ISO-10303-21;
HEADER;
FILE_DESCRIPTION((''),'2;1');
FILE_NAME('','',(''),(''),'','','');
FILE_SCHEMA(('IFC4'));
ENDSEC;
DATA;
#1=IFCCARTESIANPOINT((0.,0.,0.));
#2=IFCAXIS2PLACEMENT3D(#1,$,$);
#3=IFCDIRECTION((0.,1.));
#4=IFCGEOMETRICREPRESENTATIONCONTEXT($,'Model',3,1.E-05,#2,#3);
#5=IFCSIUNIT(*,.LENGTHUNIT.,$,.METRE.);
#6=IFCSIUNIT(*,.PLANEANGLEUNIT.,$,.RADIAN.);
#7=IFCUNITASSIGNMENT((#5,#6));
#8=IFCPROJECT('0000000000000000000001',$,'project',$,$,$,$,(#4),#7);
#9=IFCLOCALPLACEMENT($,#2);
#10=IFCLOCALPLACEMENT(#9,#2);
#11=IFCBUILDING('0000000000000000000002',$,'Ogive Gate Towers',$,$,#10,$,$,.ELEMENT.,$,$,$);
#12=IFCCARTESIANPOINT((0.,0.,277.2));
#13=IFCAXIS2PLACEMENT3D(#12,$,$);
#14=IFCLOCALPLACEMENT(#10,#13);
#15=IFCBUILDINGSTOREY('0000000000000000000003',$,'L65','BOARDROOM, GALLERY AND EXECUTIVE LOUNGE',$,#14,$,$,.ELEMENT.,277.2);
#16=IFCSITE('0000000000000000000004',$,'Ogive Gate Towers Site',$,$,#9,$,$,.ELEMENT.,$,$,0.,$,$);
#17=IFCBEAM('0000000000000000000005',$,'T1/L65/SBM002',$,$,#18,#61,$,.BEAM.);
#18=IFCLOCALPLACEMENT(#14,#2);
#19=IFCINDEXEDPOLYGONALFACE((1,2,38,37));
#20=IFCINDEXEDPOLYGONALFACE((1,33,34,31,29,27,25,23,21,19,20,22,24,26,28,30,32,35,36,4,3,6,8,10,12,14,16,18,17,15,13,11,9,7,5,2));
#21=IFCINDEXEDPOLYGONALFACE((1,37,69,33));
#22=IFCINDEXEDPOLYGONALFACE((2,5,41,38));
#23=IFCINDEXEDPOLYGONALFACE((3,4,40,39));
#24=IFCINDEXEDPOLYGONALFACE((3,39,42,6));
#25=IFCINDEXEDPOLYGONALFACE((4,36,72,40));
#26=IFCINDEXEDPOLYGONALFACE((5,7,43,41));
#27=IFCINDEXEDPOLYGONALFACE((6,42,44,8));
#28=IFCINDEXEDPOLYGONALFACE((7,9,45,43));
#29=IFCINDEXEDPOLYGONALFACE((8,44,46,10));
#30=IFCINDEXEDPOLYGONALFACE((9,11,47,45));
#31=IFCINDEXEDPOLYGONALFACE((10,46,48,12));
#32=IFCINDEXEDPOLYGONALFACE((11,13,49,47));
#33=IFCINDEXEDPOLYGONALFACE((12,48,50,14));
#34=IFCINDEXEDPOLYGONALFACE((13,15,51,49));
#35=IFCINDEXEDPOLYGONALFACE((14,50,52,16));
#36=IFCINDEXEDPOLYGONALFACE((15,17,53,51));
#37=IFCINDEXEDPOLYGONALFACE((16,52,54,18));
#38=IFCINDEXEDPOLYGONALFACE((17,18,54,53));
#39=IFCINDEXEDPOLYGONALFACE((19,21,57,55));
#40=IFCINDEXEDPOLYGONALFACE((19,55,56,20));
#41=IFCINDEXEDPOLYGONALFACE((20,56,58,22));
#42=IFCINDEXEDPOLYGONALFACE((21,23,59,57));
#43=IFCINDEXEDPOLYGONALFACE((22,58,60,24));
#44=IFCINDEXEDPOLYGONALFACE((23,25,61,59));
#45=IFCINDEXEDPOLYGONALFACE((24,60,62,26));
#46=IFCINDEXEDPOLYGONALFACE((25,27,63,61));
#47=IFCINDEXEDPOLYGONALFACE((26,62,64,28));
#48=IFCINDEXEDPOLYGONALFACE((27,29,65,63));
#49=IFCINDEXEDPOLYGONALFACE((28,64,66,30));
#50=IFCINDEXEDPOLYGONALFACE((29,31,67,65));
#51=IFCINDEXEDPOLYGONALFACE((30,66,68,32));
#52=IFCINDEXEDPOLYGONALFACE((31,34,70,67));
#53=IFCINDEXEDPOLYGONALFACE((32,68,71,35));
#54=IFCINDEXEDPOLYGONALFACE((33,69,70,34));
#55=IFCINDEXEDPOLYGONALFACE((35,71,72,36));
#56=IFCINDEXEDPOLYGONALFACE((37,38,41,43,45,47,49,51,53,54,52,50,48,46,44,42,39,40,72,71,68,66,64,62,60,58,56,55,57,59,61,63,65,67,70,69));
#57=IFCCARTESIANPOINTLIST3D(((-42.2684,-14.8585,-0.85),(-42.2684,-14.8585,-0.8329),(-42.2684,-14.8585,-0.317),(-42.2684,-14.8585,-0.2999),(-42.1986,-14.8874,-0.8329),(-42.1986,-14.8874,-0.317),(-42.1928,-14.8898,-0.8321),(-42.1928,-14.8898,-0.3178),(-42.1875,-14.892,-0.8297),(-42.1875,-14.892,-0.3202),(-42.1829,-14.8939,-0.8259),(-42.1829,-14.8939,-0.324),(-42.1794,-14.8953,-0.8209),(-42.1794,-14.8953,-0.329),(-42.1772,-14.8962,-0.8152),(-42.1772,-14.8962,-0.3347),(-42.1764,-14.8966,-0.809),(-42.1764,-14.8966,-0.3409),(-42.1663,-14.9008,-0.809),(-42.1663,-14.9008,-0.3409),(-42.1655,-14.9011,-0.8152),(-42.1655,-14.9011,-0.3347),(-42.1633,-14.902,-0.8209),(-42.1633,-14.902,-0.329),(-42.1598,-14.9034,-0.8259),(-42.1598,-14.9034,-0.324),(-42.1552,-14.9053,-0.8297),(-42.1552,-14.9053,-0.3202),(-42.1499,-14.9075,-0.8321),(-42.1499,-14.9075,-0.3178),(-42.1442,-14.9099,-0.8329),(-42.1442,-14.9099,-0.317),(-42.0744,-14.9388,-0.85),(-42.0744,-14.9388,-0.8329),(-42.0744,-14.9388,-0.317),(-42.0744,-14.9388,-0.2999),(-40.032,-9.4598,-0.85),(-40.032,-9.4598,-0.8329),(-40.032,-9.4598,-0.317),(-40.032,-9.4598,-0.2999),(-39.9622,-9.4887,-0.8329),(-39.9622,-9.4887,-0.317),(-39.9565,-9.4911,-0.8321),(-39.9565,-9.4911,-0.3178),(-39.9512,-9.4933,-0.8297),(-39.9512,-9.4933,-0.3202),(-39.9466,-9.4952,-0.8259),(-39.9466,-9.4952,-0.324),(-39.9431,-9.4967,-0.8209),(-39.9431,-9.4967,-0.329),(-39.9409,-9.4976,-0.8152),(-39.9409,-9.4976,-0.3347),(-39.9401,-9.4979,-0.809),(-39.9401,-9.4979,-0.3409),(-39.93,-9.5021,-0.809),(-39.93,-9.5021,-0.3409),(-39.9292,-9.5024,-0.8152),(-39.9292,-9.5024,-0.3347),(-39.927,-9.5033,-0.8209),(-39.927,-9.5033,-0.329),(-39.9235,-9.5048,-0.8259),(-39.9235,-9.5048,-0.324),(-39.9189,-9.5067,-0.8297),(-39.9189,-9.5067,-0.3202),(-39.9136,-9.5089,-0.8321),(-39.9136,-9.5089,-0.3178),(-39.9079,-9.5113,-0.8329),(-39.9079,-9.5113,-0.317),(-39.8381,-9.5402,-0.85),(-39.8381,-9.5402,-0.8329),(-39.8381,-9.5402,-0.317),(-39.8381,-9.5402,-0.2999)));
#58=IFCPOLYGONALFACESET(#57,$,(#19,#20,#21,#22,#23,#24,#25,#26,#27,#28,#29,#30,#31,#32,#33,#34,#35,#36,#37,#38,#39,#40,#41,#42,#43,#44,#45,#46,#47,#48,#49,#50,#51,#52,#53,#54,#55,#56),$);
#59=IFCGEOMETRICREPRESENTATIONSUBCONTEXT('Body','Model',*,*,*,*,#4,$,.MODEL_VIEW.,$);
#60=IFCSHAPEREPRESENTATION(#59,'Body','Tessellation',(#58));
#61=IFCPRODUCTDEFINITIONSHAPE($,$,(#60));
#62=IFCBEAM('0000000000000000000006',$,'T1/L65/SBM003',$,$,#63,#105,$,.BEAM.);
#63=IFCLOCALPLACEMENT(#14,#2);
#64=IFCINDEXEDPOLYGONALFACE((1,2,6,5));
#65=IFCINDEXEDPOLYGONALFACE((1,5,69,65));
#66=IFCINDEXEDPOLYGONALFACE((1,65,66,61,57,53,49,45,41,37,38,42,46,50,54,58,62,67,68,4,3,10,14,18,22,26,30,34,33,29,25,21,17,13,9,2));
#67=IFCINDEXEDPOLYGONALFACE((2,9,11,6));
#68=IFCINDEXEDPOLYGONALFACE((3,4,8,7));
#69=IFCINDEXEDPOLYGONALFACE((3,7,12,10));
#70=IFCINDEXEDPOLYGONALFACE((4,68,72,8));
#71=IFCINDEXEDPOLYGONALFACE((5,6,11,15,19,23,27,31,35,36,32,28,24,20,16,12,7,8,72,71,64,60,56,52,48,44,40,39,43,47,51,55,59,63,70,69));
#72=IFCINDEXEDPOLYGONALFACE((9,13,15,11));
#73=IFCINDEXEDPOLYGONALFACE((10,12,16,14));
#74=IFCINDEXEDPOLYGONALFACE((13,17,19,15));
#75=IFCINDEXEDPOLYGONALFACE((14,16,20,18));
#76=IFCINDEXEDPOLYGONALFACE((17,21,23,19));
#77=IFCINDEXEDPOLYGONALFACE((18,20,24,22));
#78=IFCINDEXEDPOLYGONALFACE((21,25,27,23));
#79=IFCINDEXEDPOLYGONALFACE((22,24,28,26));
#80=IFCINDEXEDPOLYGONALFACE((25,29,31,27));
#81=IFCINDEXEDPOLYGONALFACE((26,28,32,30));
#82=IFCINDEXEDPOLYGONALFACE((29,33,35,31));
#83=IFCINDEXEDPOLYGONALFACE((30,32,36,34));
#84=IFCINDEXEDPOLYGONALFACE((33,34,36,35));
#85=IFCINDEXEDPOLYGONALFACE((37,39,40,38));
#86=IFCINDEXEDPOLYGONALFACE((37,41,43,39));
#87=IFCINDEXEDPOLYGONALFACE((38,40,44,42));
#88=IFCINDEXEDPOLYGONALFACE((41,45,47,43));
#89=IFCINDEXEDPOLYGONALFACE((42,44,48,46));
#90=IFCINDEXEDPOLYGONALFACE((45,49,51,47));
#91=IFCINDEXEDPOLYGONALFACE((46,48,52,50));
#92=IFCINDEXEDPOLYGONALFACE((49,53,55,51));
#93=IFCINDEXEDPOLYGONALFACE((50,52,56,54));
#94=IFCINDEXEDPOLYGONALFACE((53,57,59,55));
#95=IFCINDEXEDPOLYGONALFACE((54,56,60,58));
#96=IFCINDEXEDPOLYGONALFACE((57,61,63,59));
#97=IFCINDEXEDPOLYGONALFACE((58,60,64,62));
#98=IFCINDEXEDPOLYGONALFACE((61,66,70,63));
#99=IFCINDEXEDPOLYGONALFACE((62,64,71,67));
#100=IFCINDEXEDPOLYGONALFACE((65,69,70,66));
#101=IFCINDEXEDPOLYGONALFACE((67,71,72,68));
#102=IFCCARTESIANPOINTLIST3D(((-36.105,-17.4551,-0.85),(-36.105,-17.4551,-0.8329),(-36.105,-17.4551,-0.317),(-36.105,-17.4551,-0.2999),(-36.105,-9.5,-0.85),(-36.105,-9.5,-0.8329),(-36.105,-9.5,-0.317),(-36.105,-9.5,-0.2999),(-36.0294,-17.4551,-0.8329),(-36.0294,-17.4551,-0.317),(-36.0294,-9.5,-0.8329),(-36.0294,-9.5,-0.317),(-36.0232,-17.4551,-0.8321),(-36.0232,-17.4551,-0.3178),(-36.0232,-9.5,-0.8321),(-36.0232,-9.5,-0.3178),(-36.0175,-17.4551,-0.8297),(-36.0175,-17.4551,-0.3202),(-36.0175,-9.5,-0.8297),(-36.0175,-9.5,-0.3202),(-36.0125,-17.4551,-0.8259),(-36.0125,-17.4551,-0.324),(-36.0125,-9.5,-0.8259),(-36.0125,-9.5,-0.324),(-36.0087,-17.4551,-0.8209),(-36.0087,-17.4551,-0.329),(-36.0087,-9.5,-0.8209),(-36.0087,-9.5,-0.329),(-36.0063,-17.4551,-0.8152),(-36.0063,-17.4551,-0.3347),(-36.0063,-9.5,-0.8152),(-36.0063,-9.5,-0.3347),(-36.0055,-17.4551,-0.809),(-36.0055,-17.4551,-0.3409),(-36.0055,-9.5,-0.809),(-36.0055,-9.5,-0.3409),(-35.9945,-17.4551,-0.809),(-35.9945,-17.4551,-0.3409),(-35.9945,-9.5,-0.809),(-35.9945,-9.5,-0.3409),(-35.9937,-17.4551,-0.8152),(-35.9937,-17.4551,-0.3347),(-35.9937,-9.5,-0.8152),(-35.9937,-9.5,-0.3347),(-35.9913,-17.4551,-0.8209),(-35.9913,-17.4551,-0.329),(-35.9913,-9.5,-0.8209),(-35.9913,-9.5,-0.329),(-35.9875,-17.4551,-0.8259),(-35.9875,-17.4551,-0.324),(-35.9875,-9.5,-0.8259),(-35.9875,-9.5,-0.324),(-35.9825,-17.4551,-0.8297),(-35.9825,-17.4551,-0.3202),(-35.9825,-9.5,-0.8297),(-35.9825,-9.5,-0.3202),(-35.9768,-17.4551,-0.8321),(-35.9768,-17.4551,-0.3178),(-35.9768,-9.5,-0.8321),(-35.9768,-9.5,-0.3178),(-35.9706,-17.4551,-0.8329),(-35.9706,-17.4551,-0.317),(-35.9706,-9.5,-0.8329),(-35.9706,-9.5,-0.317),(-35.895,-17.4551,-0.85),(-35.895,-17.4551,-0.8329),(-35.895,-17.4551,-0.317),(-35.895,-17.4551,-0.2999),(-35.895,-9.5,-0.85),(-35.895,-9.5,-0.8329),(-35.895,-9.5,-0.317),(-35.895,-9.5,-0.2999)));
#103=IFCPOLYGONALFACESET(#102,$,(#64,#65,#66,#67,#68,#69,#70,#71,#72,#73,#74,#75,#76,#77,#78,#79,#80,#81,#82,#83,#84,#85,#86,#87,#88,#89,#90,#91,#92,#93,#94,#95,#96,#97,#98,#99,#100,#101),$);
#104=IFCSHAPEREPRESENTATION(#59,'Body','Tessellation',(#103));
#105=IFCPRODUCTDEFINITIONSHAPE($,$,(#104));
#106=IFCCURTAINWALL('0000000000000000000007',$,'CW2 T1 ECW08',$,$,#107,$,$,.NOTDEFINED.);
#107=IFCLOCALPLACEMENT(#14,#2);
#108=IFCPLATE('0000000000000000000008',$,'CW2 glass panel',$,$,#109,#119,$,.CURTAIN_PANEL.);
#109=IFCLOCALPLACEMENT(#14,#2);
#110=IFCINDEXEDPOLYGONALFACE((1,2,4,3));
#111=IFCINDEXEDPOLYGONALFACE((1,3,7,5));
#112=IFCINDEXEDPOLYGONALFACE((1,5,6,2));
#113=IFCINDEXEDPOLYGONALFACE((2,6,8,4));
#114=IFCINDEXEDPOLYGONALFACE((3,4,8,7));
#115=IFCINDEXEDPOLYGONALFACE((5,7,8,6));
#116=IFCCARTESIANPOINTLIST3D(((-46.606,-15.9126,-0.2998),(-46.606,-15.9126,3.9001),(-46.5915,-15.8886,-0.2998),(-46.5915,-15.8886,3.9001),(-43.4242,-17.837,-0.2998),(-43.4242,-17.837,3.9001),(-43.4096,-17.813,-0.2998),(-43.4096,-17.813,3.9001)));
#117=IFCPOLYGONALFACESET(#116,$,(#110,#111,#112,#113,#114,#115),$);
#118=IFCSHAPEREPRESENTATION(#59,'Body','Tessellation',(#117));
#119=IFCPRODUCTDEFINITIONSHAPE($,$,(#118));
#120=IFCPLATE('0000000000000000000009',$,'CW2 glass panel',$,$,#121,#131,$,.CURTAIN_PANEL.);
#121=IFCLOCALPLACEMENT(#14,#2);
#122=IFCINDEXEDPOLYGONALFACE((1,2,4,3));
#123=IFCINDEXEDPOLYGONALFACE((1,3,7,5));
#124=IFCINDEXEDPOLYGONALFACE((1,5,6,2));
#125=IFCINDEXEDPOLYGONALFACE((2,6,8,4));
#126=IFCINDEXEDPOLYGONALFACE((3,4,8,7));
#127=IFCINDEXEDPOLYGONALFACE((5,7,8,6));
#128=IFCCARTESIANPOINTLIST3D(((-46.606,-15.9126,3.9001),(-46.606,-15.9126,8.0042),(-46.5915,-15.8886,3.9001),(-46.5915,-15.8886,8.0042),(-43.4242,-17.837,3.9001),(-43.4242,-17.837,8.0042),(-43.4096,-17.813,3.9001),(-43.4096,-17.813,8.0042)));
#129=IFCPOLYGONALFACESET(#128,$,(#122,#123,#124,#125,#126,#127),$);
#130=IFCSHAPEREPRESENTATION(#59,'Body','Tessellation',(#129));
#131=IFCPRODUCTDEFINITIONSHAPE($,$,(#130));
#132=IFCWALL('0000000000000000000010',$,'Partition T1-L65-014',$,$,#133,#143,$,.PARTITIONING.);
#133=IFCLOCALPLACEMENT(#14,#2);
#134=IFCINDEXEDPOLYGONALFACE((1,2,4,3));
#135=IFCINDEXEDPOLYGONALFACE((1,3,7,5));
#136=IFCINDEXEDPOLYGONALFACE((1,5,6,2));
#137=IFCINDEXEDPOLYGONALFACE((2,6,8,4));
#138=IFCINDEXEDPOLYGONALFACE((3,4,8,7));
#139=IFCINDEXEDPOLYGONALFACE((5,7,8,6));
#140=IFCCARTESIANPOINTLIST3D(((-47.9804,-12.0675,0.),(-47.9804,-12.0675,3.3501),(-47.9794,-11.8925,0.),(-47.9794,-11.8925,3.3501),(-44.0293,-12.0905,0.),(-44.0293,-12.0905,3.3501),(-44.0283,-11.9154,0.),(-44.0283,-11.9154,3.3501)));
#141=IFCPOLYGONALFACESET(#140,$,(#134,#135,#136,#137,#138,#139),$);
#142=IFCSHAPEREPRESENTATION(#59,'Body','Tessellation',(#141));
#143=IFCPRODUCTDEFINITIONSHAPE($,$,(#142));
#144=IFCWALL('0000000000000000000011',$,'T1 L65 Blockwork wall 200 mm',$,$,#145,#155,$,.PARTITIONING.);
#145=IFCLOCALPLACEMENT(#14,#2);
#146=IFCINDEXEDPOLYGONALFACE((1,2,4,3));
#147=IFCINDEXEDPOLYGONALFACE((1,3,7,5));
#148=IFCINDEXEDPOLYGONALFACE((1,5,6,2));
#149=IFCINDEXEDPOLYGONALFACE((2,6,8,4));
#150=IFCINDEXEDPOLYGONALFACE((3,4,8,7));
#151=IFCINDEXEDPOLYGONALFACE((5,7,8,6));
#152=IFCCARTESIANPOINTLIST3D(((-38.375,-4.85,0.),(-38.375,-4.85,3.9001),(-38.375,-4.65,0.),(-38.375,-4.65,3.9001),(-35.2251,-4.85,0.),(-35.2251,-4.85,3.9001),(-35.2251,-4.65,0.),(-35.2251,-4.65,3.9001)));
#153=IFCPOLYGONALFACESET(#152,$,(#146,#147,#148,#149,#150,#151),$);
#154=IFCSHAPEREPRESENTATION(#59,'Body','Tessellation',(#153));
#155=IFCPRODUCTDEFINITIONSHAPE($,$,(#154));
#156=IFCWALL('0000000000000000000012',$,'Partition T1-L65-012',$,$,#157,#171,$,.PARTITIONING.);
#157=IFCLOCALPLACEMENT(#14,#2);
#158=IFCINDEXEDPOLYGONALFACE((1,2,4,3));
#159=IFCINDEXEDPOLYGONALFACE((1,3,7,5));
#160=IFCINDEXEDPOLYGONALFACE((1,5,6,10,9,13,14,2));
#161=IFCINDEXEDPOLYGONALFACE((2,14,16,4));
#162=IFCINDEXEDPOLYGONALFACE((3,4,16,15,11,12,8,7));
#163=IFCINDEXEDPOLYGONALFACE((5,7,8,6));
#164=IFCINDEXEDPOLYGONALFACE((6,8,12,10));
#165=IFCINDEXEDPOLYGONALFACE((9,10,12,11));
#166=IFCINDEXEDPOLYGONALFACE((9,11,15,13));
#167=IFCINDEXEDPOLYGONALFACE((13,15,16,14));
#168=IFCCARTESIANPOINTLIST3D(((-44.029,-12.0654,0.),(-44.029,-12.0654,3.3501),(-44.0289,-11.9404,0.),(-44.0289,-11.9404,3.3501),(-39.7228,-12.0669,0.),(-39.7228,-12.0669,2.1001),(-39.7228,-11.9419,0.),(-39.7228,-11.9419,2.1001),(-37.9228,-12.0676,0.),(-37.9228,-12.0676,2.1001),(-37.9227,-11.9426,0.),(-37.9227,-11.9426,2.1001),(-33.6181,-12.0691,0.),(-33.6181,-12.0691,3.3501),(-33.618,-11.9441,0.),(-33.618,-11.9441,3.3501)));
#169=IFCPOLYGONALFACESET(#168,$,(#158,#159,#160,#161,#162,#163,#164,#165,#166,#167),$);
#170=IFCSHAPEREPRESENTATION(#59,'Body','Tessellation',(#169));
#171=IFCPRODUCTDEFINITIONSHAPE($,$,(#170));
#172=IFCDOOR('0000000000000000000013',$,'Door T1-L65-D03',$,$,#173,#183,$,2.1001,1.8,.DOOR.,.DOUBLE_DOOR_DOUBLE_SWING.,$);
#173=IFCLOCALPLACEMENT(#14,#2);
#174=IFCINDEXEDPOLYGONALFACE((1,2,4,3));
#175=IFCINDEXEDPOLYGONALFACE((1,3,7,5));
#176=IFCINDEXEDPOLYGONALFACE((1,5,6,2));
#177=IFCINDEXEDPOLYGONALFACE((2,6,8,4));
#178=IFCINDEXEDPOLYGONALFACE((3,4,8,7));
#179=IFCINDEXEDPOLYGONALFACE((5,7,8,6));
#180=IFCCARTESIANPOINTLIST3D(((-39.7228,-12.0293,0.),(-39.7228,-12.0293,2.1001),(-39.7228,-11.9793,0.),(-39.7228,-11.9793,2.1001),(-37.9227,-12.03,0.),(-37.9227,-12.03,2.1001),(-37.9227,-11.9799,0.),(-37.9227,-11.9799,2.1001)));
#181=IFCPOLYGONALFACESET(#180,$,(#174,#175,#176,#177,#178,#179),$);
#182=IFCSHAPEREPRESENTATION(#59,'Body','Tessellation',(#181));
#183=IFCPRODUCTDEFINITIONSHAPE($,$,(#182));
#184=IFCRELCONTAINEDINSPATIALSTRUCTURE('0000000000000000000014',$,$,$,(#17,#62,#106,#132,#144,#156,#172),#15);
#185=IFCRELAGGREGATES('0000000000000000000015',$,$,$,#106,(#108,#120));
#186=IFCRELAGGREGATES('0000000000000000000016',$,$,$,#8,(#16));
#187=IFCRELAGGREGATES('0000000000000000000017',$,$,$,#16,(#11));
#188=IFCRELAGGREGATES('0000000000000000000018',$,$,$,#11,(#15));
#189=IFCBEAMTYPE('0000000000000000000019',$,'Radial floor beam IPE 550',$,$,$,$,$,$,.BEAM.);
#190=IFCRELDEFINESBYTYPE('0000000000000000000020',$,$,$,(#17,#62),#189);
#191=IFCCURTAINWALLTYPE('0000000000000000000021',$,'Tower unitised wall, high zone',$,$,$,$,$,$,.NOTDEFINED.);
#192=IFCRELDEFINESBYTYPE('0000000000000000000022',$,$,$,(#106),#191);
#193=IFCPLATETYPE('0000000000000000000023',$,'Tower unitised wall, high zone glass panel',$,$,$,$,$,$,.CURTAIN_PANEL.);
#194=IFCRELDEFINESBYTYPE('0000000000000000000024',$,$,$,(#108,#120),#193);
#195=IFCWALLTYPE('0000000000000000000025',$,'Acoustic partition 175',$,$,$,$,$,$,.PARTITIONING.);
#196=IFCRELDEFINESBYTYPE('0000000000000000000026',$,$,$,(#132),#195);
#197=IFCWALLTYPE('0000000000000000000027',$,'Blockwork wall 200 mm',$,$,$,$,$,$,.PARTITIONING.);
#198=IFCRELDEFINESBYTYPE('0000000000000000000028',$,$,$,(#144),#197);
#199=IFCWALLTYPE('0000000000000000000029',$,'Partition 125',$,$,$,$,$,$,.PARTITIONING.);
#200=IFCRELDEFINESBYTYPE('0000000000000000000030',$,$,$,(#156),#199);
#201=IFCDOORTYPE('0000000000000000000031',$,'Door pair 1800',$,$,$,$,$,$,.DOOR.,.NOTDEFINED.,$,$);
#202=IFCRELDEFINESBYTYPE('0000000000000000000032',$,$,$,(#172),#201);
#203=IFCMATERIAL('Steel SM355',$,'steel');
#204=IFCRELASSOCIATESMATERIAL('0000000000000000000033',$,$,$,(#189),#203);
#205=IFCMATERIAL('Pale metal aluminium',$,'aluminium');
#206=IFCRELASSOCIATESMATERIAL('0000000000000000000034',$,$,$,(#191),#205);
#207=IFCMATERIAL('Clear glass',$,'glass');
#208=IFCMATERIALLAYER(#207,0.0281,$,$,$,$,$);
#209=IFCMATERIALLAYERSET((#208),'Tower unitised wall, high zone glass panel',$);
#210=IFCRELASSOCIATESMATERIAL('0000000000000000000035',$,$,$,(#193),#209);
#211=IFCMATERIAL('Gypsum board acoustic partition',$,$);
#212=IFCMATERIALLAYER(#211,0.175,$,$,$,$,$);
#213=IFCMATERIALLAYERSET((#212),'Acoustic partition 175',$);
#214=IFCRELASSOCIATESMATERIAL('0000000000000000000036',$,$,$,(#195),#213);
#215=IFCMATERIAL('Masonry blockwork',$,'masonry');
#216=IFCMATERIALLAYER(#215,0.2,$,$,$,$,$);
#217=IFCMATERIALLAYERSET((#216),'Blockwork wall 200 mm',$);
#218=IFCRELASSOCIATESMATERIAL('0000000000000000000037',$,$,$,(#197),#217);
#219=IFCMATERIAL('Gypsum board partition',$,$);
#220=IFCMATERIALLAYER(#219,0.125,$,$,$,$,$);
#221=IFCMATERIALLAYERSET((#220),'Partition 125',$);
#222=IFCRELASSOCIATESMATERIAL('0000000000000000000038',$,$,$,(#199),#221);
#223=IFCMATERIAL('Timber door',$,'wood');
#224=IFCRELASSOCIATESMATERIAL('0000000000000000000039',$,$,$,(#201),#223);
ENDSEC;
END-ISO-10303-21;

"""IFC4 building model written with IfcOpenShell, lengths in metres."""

from ifc_helpers import new_model, si_unit, direction, frame, frame_2d, origin, origin_2d, place, context, subcontext, project, spatial, rectangle, i_section, extrude, material, layer, layer_set, material_profile, profile_set, type_object, element, fill, aggregate, save


model = new_model("IFC4")

# Units and contexts
model_context = context("Model", 3, precision=1e-05, world=origin(), true_north=direction((0.0, 1.0)))
body_context = subcontext(model_context, "Body", "Model", "MODEL_VIEW")
ifc_project = project(units=[si_unit("LENGTHUNIT", "METRE"), si_unit("PLANEANGLEUNIT", "RADIAN")], contexts=[model_context])

# Site, building, storey
site_placement = place(None, origin())
site = spatial("IfcSite", under=ifc_project, at=site_placement, Name="Ogive Gate Towers Site", CompositionType="ELEMENT", RefElevation=0.0)
building_placement = place(site_placement, origin())
building = spatial("IfcBuilding", under=site, at=building_placement, Name="Ogive Gate Towers", CompositionType="ELEMENT")
storey_placement = place(building_placement, frame((0.0, 0.0, 277.2)))
storey = spatial("IfcBuildingStorey", under=building, at=storey_placement, Name="L65", Description="BOARDROOM, GALLERY AND EXECUTIVE LOUNGE", CompositionType="ELEMENT", Elevation=277.2)

# Beams
ifc_material_1 = material(Name="Steel SM355", Category="steel")
ifc_material_profile = material_profile(ifc_material_1, i_section(OverallWidth=0.21, OverallDepth=0.55, WebThickness=0.011, FlangeThickness=0.0171, FilletRadius=0.0239, at=origin_2d()), Name="IPE 550")
ifc_profile_set = profile_set([ifc_material_profile], Name="Steel SM355")
beam_type = type_object("IfcBeamType", Name="Radial floor beam IPE 550", PredefinedType="BEAM", material=ifc_profile_set)
beam_1_placement = place(storey_placement, frame((-39.9351, -9.5, -0.575), z_axis=(-0.382701, -0.923872, 0.0), x_axis=(0.923872, -0.382701, 0.0)))
element("IfcBeam", 1, at=beam_1_placement, inside=storey, type_object=beam_type, Name="T1/L65/SBM002", PredefinedType="BEAM", context=body_context, shape_type="SweptSolid", body=[
    extrude(i_section(OverallWidth=0.21, OverallDepth=0.55, WebThickness=0.011, FlangeThickness=0.0171, FilletRadius=0.0239, at=origin_2d()), origin(), (0.0, 0.0, 1.0), 5.8435),
])
beam_2_placement = place(storey_placement, frame((-36.0, -9.5, -0.575), z_axis=(0.0, -1.0, 0.0), x_axis=(1.0, 0.0, 0.0)))
element("IfcBeam", 2, at=beam_2_placement, inside=storey, type_object=beam_type, Name="T1/L65/SBM003", PredefinedType="BEAM", context=body_context, shape_type="SweptSolid", body=[
    extrude(i_section(OverallWidth=0.21, OverallDepth=0.55, WebThickness=0.011, FlangeThickness=0.0171, FilletRadius=0.0239, at=origin_2d()), origin(), (0.0, 0.0, 1.0), 7.9551),
])

# Curtain wall, plates
ifc_material_2 = material(Name="Pale metal aluminium", Category="aluminium")
curtain_wall_type = type_object("IfcCurtainWallType", Name="Tower unitised wall, high zone", PredefinedType="NOTDEFINED", material=ifc_material_2)
curtain_wall_placement = place(storey_placement, origin())
curtain_wall = element("IfcCurtainWall", 3, at=curtain_wall_placement, inside=storey, type_object=curtain_wall_type, Name="CW2 T1 ECW08", PredefinedType="NOTDEFINED")
ifc_material_3 = material(Name="Clear glass", Category="glass")
ifc_layer_1 = layer(ifc_material_3, 0.0281)
ifc_layer_set_1 = layer_set([ifc_layer_1], Name="Tower unitised wall, high zone glass panel")
plate_type = type_object("IfcPlateType", Name="Tower unitised wall, high zone glass panel", PredefinedType="CURTAIN_PANEL", material=ifc_layer_set_1)
plate_1_placement = place(storey_placement, frame((-45.0078, -16.8628, -0.2998), z_axis=(0.0, 0.0, 1.0), x_axis=(-0.855672, 0.517519, 0.0)))
plate_1 = element("IfcPlate", 4, at=plate_1_placement, type_object=plate_type, Name="CW2 glass panel", PredefinedType="CURTAIN_PANEL", context=body_context, shape_type="SweptSolid", body=[
    extrude(rectangle(XDim=3.7185, YDim=0.0281, at=origin_2d()), origin(), (0.0, 0.0, 1.0), 4.2),
])
plate_2_placement = place(storey_placement, frame((-45.0078, -16.8628, 3.9001), z_axis=(0.0, 0.0, 1.0), x_axis=(-0.855672, 0.517519, 0.0)))
plate_2 = element("IfcPlate", 5, at=plate_2_placement, type_object=plate_type, Name="CW2 glass panel", PredefinedType="CURTAIN_PANEL", context=body_context, shape_type="SweptSolid", body=[
    extrude(rectangle(XDim=3.7185, YDim=0.0281, at=origin_2d()), origin(), (0.0, 0.0, 1.0), 4.104),
])
aggregate(curtain_wall, [plate_1, plate_2])

# Walls
ifc_material_4 = material(Name="Gypsum board acoustic partition")
ifc_layer_2 = layer(ifc_material_4, 0.175)
ifc_layer_set_2 = layer_set([ifc_layer_2], Name="Acoustic partition 175")
wall_type_1 = type_object("IfcWallType", Name="Acoustic partition 175", PredefinedType="PARTITIONING", material=ifc_layer_set_2)
wall_1_placement = place(storey_placement, frame((-44.0288, -12.0029, 0.0), z_axis=(0.0, 0.0, 1.0), x_axis=(-0.999983, 0.005808, 0.0)))
element("IfcWall", 6, at=wall_1_placement, inside=storey, type_object=wall_type_1, Name="Partition T1-L65-014", PredefinedType="PARTITIONING", context=body_context, shape_type="SweptSolid", body=[
    extrude(rectangle(XDim=3.9512, YDim=0.175, at=frame_2d((1.9756, 0.0))), origin(), (0.0, 0.0, 1.0), 3.3501),
])
ifc_material_5 = material(Name="Masonry blockwork", Category="masonry")
ifc_layer_3 = layer(ifc_material_5, 0.2)
ifc_layer_set_3 = layer_set([ifc_layer_3], Name="Blockwork wall 200 mm")
wall_type_2 = type_object("IfcWallType", Name="Blockwork wall 200 mm", PredefinedType="PARTITIONING", material=ifc_layer_set_3)
wall_2_placement = place(storey_placement, frame((-38.375, -4.75, 0.0), z_axis=(0.0, 0.0, 1.0), x_axis=(1.0, 0.0, 0.0)))
element("IfcWall", 7, at=wall_2_placement, inside=storey, type_object=wall_type_2, Name="T1 L65 Blockwork wall 200 mm", PredefinedType="PARTITIONING", context=body_context, shape_type="SweptSolid", body=[
    extrude(rectangle(XDim=3.1499, YDim=0.2, at=frame_2d((1.575, 0.0))), origin(), (0.0, 0.0, 1.0), 3.9001),
])

# Wall, opening, door
ifc_material_6 = material(Name="Gypsum board partition")
ifc_layer_4 = layer(ifc_material_6, 0.125)
ifc_layer_set_4 = layer_set([ifc_layer_4], Name="Partition 125")
wall_type_3 = type_object("IfcWallType", Name="Partition 125", PredefinedType="PARTITIONING", material=ifc_layer_set_4)
wall_3_placement = place(storey_placement, frame((-33.6179, -12.0066, 0.0), z_axis=(0.0, 0.0, 1.0), x_axis=(-1.0, 0.000352, 0.0)))
wall_3 = element("IfcWall", 8, at=wall_3_placement, inside=storey, type_object=wall_type_3, Name="Partition T1-L65-012", PredefinedType="PARTITIONING", context=body_context, shape_type="SweptSolid", body=[
    extrude(rectangle(XDim=10.4109, YDim=0.125, at=frame_2d((5.2056, 0.0))), origin(), (0.0, 0.0, 1.0), 3.3501),
])
opening_1_placement = place(wall_3_placement, frame((4.3049, 0.0, 0.0)))
opening_1 = element("IfcOpeningElement", 9, at=opening_1_placement, cuts=wall_3, PredefinedType="OPENING", context=body_context, shape_type="SweptSolid", body=[
    extrude(rectangle(XDim=1.8, YDim=2.1001, at=frame_2d((0.8999, 1.05))), frame((0.0, 0.0725, 0.0), z_axis=(0.0, -1.0, 0.0), x_axis=(1.0, 0.0, 0.0)), (0.0, 0.0, 1.0), 0.145),
])
ifc_material_7 = material(Name="Timber door", Category="wood")
door_type_1 = type_object("IfcDoorType", Name="Door pair 1800", OperationType="NOTDEFINED", PredefinedType="DOOR", material=ifc_material_7)
door_1_placement = place(opening_1_placement, origin())
door_1 = element("IfcDoor", 10, at=door_1_placement, inside=storey, type_object=door_type_1, Name="Door T1-L65-D03", OperationType="DOUBLE_DOOR_DOUBLE_SWING", OverallHeight=2.1001, OverallWidth=1.8, PredefinedType="DOOR", context=body_context, shape_type="SweptSolid", body=[
    extrude(rectangle(XDim=1.8, YDim=2.1001, at=frame_2d((0.8999, 1.05))), frame((0.0, 0.0249, 0.0), z_axis=(0.0, -1.0, 0.0), x_axis=(1.0, 0.0, 0.0)), (0.0, 0.0, 1.0), 0.05),
])
fill(opening_1, door_1)

save(model, "model.ifc")
